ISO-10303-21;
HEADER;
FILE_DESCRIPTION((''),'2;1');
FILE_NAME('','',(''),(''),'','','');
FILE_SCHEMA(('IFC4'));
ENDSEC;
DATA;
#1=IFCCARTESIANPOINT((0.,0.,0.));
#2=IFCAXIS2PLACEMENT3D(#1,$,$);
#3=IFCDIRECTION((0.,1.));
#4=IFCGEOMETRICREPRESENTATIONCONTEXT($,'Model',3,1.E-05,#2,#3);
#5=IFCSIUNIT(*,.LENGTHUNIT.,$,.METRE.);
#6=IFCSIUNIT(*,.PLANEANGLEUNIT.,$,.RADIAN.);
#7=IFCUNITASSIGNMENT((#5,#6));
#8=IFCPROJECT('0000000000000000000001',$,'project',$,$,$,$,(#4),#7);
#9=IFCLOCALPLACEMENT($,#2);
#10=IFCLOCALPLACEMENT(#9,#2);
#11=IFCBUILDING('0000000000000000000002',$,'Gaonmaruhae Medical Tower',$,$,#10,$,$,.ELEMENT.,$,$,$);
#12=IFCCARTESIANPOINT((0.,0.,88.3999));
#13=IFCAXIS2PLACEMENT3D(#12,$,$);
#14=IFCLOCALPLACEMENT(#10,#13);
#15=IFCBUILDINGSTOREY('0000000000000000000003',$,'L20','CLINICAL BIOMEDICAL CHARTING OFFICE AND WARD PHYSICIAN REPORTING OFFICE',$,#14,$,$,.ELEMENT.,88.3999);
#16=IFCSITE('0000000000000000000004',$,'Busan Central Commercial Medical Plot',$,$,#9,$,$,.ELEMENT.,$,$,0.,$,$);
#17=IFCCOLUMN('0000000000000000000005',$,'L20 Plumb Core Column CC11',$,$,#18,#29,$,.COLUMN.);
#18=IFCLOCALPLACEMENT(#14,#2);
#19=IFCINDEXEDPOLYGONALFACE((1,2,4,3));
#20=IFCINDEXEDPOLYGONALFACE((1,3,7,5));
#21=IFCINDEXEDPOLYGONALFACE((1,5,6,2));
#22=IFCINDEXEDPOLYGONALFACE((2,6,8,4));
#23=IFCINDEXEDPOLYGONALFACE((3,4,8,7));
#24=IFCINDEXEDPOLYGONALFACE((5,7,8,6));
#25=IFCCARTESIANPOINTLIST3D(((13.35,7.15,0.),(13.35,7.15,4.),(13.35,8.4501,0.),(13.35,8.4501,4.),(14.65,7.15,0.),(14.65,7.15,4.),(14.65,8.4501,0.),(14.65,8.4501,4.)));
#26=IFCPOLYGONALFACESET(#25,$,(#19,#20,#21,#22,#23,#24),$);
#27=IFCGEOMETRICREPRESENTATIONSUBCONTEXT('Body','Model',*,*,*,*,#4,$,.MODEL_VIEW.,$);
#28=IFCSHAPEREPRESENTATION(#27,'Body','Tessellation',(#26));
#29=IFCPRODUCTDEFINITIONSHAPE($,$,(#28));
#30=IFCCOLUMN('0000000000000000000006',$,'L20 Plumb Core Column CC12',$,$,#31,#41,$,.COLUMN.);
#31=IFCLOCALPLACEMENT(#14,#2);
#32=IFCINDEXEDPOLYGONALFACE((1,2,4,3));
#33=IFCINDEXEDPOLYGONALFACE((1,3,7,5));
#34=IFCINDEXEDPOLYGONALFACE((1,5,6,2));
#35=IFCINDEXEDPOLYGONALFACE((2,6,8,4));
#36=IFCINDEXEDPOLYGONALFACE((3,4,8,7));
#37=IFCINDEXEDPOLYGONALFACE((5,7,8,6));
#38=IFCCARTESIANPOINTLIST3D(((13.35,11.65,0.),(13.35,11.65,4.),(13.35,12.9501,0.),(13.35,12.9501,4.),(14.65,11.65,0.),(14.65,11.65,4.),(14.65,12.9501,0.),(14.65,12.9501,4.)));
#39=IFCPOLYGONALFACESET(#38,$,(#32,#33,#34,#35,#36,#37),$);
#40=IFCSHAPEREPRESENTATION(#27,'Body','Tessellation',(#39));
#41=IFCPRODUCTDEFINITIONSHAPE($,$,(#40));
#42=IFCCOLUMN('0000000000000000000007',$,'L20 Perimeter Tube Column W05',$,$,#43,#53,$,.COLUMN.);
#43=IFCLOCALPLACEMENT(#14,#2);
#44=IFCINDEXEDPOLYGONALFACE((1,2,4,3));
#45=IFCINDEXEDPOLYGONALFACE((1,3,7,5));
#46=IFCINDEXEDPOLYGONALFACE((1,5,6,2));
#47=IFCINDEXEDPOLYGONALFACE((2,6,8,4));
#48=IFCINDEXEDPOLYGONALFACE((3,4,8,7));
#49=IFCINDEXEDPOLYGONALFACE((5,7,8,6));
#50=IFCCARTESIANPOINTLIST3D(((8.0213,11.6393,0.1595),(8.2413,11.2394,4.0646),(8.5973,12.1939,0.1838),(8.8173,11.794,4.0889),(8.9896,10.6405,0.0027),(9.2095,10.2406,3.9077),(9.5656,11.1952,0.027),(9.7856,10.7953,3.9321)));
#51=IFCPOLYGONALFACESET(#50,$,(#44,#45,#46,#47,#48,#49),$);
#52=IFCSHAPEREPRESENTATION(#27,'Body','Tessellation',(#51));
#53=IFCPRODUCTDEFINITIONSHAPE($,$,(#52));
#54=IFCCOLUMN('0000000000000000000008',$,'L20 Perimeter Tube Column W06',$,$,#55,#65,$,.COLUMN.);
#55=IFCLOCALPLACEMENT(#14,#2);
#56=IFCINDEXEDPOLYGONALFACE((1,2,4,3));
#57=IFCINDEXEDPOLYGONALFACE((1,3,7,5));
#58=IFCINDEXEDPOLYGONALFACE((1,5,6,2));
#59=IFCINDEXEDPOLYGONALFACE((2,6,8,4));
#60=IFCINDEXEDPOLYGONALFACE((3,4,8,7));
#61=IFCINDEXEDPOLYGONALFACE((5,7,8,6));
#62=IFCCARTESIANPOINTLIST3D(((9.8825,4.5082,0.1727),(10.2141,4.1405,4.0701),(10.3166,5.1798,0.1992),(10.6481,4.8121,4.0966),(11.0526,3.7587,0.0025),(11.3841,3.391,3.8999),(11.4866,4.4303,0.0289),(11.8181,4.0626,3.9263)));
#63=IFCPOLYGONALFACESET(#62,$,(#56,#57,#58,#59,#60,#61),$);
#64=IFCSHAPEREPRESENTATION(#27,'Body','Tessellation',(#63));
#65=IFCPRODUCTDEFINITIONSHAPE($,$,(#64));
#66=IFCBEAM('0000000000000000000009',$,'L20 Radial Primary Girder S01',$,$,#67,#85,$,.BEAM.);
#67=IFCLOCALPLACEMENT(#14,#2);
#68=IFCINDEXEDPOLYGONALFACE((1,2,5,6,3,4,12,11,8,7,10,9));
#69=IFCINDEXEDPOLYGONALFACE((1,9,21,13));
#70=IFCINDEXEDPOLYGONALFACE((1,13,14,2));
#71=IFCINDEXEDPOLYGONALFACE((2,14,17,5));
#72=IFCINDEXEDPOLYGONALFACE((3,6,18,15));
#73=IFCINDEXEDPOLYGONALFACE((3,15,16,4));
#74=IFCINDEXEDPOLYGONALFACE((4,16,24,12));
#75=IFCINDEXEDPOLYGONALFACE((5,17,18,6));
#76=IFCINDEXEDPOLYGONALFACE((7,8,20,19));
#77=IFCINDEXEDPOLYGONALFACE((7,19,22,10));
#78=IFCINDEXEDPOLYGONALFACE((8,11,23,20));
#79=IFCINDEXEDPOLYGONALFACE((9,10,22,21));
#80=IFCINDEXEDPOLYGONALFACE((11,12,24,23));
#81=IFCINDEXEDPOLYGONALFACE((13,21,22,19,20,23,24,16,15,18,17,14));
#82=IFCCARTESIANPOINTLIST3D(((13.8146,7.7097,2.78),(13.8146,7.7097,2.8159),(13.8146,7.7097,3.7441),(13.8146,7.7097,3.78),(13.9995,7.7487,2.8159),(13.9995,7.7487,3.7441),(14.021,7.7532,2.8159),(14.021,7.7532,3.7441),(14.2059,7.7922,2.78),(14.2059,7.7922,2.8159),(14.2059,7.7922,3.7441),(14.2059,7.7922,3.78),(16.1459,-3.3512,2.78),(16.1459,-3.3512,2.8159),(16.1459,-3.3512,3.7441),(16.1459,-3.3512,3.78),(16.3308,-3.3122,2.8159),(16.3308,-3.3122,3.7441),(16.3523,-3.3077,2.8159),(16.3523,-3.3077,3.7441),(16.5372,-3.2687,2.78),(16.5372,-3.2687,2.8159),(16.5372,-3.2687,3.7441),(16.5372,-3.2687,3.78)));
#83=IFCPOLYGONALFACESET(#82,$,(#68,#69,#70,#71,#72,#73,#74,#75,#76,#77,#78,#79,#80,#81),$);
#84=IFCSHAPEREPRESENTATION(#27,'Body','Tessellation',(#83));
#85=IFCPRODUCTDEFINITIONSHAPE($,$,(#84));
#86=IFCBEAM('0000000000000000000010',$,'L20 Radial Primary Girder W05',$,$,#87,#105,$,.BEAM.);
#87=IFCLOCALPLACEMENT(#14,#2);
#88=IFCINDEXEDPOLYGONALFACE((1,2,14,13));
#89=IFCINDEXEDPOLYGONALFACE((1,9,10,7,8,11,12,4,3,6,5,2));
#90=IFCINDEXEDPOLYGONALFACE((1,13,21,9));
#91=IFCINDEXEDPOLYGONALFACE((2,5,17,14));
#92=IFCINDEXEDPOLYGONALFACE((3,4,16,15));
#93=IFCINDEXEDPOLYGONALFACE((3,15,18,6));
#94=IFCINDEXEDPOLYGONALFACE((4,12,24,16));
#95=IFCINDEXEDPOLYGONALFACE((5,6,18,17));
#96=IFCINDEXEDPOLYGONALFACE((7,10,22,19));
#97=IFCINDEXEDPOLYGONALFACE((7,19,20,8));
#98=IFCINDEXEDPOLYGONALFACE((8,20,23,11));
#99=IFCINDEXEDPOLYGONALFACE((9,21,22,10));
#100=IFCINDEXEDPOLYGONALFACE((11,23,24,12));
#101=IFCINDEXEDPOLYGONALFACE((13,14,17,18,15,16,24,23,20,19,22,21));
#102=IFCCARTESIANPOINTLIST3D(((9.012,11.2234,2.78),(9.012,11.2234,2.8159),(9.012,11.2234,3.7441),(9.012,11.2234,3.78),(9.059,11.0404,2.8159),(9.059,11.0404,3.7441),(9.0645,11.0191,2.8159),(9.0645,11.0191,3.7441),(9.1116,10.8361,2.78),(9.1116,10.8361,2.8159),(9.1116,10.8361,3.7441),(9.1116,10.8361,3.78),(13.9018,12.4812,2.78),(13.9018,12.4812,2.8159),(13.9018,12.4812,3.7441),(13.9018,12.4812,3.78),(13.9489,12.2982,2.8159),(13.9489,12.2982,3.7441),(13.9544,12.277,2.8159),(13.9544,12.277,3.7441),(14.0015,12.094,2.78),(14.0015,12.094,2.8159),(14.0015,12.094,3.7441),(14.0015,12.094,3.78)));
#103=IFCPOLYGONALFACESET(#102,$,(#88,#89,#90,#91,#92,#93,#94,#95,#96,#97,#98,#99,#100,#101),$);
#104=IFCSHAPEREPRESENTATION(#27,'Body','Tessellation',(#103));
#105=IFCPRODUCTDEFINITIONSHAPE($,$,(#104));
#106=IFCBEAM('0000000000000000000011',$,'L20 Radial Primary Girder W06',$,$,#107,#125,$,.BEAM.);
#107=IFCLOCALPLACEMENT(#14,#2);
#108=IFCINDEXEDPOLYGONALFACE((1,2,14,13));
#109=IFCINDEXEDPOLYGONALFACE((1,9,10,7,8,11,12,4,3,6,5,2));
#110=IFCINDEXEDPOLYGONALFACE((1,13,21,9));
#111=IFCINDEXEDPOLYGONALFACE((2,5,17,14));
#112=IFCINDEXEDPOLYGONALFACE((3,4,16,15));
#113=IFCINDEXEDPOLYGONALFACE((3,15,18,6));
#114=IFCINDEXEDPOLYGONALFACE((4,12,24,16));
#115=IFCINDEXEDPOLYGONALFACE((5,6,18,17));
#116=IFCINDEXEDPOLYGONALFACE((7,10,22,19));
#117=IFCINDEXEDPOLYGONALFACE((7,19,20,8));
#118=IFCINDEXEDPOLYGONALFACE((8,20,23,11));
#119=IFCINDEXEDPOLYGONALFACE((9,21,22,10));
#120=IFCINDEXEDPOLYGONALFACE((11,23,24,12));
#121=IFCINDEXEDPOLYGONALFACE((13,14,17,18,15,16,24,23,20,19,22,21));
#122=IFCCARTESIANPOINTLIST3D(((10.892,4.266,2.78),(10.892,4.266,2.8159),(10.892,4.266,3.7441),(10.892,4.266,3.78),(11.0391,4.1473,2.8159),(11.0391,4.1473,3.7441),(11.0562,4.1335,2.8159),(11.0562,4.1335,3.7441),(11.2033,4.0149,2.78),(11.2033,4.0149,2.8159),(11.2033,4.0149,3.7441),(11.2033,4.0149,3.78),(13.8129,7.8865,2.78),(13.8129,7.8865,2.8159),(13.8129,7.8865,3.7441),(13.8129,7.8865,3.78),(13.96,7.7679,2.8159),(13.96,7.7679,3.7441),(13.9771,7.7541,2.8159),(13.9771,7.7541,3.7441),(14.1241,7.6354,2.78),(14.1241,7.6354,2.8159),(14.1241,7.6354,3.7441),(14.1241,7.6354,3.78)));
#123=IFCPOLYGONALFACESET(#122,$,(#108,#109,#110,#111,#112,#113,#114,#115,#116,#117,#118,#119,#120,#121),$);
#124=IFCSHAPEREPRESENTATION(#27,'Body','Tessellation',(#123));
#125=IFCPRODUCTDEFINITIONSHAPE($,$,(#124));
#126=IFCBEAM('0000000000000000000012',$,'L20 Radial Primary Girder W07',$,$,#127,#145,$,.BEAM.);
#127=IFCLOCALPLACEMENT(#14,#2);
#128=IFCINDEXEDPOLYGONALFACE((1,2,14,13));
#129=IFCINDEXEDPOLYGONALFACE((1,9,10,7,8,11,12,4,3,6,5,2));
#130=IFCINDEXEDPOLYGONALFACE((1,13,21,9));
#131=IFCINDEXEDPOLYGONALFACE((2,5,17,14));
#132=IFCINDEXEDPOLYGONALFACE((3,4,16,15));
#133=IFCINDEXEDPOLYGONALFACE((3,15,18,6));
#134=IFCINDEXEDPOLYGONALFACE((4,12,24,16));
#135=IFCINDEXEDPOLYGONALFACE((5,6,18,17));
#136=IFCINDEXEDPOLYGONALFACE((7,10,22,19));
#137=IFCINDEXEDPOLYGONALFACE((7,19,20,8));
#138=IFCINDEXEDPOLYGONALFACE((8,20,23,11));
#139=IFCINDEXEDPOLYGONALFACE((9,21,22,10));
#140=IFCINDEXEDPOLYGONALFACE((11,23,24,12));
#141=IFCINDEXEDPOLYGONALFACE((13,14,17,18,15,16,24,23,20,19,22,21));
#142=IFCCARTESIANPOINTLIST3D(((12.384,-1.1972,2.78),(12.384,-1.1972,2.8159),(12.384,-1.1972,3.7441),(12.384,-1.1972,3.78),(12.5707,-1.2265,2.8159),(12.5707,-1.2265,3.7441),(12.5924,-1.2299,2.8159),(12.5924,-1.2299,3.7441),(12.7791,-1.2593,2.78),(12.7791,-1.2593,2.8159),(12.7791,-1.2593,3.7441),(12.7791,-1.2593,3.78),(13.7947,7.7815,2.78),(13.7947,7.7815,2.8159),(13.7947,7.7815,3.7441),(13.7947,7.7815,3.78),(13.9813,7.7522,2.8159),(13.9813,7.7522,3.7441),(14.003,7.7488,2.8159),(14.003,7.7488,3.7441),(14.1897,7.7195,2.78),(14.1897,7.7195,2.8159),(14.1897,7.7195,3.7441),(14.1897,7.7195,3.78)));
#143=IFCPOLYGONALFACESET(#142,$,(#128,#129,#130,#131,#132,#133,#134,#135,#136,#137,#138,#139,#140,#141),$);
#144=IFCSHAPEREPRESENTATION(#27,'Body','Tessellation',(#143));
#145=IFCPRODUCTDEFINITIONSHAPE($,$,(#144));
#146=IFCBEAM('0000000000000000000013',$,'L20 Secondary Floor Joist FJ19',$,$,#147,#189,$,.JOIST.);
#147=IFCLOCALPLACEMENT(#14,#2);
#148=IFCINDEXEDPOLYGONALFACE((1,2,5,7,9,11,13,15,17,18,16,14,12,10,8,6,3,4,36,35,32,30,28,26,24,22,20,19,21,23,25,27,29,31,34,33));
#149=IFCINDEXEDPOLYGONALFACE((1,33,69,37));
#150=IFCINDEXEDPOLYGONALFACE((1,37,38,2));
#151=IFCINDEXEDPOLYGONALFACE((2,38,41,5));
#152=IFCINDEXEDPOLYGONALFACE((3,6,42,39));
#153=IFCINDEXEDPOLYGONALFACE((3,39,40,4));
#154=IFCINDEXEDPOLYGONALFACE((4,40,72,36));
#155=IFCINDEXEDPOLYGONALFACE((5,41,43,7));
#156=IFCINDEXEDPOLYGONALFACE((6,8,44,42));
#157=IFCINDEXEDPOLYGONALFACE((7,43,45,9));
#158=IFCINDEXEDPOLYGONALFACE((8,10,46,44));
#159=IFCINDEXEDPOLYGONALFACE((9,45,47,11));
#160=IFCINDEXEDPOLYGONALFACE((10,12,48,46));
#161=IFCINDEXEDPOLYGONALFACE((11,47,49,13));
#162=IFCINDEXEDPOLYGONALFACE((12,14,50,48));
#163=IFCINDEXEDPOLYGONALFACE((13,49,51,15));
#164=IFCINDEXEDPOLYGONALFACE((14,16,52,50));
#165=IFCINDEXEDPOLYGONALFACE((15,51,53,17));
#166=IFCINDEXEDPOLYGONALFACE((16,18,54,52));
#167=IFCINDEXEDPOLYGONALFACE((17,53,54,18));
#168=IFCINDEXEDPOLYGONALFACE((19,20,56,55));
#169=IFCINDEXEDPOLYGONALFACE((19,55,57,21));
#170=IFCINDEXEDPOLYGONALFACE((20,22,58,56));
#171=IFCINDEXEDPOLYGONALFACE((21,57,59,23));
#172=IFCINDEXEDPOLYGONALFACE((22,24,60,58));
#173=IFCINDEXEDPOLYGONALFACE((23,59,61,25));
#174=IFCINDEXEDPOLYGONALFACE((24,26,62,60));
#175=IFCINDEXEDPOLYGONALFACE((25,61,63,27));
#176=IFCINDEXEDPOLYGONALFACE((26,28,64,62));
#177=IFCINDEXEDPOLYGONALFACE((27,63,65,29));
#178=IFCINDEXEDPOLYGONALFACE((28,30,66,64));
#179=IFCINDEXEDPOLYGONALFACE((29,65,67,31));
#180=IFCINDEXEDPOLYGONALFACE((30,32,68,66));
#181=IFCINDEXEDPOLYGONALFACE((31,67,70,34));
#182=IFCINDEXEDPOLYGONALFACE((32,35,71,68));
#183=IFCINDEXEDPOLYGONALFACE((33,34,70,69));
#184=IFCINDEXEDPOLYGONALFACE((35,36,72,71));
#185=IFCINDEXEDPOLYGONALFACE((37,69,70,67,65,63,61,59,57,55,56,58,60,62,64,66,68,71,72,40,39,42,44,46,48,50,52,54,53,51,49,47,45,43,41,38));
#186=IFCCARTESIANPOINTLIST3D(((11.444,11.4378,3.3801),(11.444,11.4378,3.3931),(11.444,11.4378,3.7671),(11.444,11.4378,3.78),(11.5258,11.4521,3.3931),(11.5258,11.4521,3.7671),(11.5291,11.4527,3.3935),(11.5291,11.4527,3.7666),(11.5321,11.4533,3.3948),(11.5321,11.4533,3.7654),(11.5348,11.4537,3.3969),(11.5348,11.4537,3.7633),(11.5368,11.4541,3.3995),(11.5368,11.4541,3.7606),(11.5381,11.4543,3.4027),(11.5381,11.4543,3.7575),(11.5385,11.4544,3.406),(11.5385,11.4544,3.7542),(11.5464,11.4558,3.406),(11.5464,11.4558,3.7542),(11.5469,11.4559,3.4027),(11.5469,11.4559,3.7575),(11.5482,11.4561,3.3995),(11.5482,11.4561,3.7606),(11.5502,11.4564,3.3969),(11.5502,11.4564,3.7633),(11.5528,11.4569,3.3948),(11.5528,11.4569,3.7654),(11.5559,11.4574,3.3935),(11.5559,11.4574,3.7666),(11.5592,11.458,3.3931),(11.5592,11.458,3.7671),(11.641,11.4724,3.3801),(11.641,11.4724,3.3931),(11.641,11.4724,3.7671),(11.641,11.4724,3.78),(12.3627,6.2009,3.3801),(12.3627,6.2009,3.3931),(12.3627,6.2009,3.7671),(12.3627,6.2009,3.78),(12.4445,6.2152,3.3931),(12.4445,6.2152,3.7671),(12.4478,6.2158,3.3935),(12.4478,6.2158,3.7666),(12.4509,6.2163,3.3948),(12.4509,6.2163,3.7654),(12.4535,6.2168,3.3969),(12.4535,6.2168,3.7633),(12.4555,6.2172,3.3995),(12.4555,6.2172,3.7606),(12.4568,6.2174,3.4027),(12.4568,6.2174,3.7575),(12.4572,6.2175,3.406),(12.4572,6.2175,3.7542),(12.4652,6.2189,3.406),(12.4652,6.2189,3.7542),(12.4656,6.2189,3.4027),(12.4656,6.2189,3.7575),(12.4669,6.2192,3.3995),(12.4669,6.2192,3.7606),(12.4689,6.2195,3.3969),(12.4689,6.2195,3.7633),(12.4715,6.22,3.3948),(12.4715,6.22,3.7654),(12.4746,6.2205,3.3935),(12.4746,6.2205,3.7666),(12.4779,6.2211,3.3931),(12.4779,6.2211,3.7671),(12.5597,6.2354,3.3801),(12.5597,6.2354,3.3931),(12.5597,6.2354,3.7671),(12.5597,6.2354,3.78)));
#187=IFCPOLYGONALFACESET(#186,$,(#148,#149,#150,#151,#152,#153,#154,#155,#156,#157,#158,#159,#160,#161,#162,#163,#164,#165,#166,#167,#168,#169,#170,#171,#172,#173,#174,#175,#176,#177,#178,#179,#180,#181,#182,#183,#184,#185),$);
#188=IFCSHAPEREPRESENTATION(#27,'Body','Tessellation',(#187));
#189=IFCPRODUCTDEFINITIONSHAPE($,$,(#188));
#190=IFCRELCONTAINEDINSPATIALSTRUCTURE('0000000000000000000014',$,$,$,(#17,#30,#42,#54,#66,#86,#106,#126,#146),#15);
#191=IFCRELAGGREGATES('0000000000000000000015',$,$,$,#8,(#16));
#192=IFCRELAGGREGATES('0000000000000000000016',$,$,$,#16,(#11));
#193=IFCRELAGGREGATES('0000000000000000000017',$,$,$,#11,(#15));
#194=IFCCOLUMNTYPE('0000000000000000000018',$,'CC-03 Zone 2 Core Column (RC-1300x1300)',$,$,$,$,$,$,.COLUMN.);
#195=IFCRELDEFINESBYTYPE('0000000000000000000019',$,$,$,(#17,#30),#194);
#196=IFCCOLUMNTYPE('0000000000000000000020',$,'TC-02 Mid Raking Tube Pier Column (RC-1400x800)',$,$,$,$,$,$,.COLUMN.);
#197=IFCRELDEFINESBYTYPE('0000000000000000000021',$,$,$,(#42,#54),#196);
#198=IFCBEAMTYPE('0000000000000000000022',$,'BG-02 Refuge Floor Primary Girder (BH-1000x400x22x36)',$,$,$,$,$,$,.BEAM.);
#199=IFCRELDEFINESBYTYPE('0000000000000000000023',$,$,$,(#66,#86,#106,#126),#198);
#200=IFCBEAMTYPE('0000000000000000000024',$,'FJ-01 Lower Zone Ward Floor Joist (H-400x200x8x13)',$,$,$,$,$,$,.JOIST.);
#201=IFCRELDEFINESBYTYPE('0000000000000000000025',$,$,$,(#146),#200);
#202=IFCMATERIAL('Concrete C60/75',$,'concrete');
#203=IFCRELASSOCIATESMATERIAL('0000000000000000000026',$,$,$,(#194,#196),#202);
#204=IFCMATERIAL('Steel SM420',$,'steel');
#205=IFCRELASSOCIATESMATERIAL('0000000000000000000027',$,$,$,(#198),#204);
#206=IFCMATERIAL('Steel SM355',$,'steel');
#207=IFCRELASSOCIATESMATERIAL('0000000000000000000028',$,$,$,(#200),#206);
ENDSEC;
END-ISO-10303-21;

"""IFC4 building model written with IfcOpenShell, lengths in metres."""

from ifc_helpers import new_model, si_unit, direction, frame, origin, origin_2d, place, context, subcontext, project, spatial, rectangle, i_section, extrude, material, material_profile, profile_set, type_object, element, save


model = new_model("IFC4")

# Units and contexts
model_context = context("Model", 3, precision=1e-05, world=origin(), true_north=direction((0.0, 1.0)))
body_context = subcontext(model_context, "Body", "Model", "MODEL_VIEW")
ifc_project = project(units=[si_unit("LENGTHUNIT", "METRE"), si_unit("PLANEANGLEUNIT", "RADIAN")], contexts=[model_context])

# Site, building, storey
site_placement = place(None, origin())
site = spatial("IfcSite", under=ifc_project, at=site_placement, Name="Busan Central Commercial Medical Plot", CompositionType="ELEMENT", RefElevation=0.0)
building_placement = place(site_placement, origin())
building = spatial("IfcBuilding", under=site, at=building_placement, Name="Gaonmaruhae Medical Tower", CompositionType="ELEMENT")
storey_placement = place(building_placement, frame((0.0, 0.0, 88.3999)))
storey = spatial("IfcBuildingStorey", under=building, at=storey_placement, Name="L20", Description="CLINICAL BIOMEDICAL CHARTING OFFICE AND WARD PHYSICIAN REPORTING OFFICE", CompositionType="ELEMENT", Elevation=88.3999)

# Columns
ifc_material_1 = material(Name="Concrete C60/75", Category="concrete")
ifc_material_profile_1 = material_profile(ifc_material_1, rectangle(XDim=1.3, YDim=1.3, at=origin_2d()), Name="RC-1300x1300")
ifc_profile_set_1 = profile_set([ifc_material_profile_1], Name="Concrete C60/75")
column_type_1 = type_object("IfcColumnType", Name="CC-03 Zone 2 Core Column (RC-1300x1300)", PredefinedType="COLUMN", material=ifc_profile_set_1)
for number, where, z_axis, x_axis, name in (
    (1, (14.0, 7.8, 0.0), (0.0, 0.0, 1.0), (1.0, 0.0, 0.0), "L20 Plumb Core Column CC11"),
    (2, (14.0, 12.3, 0.0), (0.0, 0.0, 1.0), (1.0, 0.0, 0.0), "L20 Plumb Core Column CC12"),
):
    element("IfcColumn", number, at=place(storey_placement, frame(where, z_axis=z_axis, x_axis=x_axis)), inside=storey, type_object=column_type_1, Name=name, PredefinedType="COLUMN", context=body_context, shape_type="SweptSolid", body=[
        extrude(rectangle(XDim=1.3, YDim=1.3, at=origin_2d()), origin(), (0.0, 0.0, 1.0), 4.0),
    ])
ifc_material_profile_2 = material_profile(ifc_material_1, rectangle(XDim=1.3999, YDim=0.8, at=origin_2d()), Name="RC-1400x800")
ifc_profile_set_2 = profile_set([ifc_material_profile_2], Name="Concrete C60/75")
column_type_2 = type_object("IfcColumnType", Name="TC-02 Mid Raking Tube Pier Column (RC-1400x800)", PredefinedType="COLUMN", material=ifc_profile_set_2)
column_1_placement = place(storey_placement, frame((8.7935, 11.4172, 0.0933), z_axis=(0.055949, -0.101715, 0.993239), x_axis=(-0.691683, 0.71346, 0.112026)))
element("IfcColumn", 3, at=column_1_placement, inside=storey, type_object=column_type_2, Name="L20 Perimeter Tube Column W05", PredefinedType="COLUMN", context=body_context, shape_type="SweptSolid", body=[
    extrude(rectangle(XDim=1.3999, YDim=0.8, at=origin_2d()), origin(), (0.0, 0.0, 1.0), 3.9316),
])
column_2_placement = place(storey_placement, frame((10.6846, 4.4692, 0.1008), z_axis=(0.084388, -0.093585, 0.992028), x_axis=(-0.83581, 0.535382, 0.121606)))
element("IfcColumn", 4, at=column_2_placement, inside=storey, type_object=column_type_2, Name="L20 Perimeter Tube Column W06", PredefinedType="COLUMN", context=body_context, shape_type="SweptSolid", body=[
    extrude(rectangle(XDim=1.3999, YDim=0.8, at=origin_2d()), origin(), (0.0, 0.0, 1.0), 3.9287),
])

# Beams
ifc_material_2 = material(Name="Steel SM420", Category="steel")
ifc_material_profile_3 = material_profile(ifc_material_2, i_section(OverallWidth=0.3999, OverallDepth=1.0, WebThickness=0.022, FlangeThickness=0.0359, at=origin_2d()), Name="BH-1000x400x22x36")
ifc_profile_set_3 = profile_set([ifc_material_profile_3], Name="Steel SM420")
beam_type_1 = type_object("IfcBeamType", Name="BG-02 Refuge Floor Primary Girder (BH-1000x400x22x36)", PredefinedType="BEAM", material=ifc_profile_set_3)
beam_1_placement = place(storey_placement, frame((14.0103, 7.751, 3.28), z_axis=(0.206236, -0.978502, 0.0), x_axis=(0.978502, 0.206236, 0.0)))
element("IfcBeam", 5, at=beam_1_placement, inside=storey, type_object=beam_type_1, Name="L20 Radial Primary Girder S01", PredefinedType="BEAM", context=body_context, shape_type="SweptSolid", body=[
    extrude(i_section(OverallWidth=0.3999, OverallDepth=1.0, WebThickness=0.022, FlangeThickness=0.0359, at=origin_2d()), origin(), (0.0, 0.0, 1.0), 11.304),
])
beam_2_placement = place(storey_placement, frame((13.9517, 12.2876, 3.28), z_axis=(-0.968473, -0.249117, 0.0), x_axis=(0.249117, -0.968473, 0.0)))
element("IfcBeam", 6, at=beam_2_placement, inside=storey, type_object=beam_type_1, Name="L20 Radial Primary Girder W05", PredefinedType="BEAM", context=body_context, shape_type="SweptSolid", body=[
    extrude(i_section(OverallWidth=0.3999, OverallDepth=1.0, WebThickness=0.022, FlangeThickness=0.0359, at=origin_2d()), origin(), (0.0, 0.0, 1.0), 5.0491),
])
beam_3_placement = place(storey_placement, frame((13.9685, 7.761, 3.28), z_axis=(-0.62789, -0.778302, 0.0), x_axis=(0.778302, -0.62789, 0.0)))
element("IfcBeam", 7, at=beam_3_placement, inside=storey, type_object=beam_type_1, Name="L20 Radial Primary Girder W06", PredefinedType="BEAM", context=body_context, shape_type="SweptSolid", body=[
    extrude(i_section(OverallWidth=0.3999, OverallDepth=1.0, WebThickness=0.022, FlangeThickness=0.0359, at=origin_2d()), origin(), (0.0, 0.0, 1.0), 4.6519),
])
beam_4_placement = place(storey_placement, frame((13.9922, 7.7505, 3.28), z_axis=(-0.155205, -0.987882, 0.0), x_axis=(0.987882, -0.155205, 0.0)))
element("IfcBeam", 8, at=beam_4_placement, inside=storey, type_object=beam_type_1, Name="L20 Radial Primary Girder W07", PredefinedType="BEAM", context=body_context, shape_type="SweptSolid", body=[
    extrude(i_section(OverallWidth=0.3999, OverallDepth=1.0, WebThickness=0.022, FlangeThickness=0.0359, at=origin_2d()), origin(), (0.0, 0.0, 1.0), 9.0889),
])
ifc_material_3 = material(Name="Steel SM355", Category="steel")
ifc_material_profile_4 = material_profile(ifc_material_3, i_section(OverallWidth=0.2, OverallDepth=0.3999, WebThickness=0.0081, FlangeThickness=0.0129, FilletRadius=0.0129, at=origin_2d()), Name="H-400x200x8x13")
ifc_profile_set_4 = profile_set([ifc_material_profile_4], Name="Steel SM355")
beam_type_2 = type_object("IfcBeamType", Name="FJ-01 Lower Zone Ward Floor Joist (H-400x200x8x13)", PredefinedType="JOIST", material=ifc_profile_set_4)
beam_5_placement = place(storey_placement, frame((11.5425, 11.4551, 3.5801), z_axis=(0.172792, -0.984958, 0.0), x_axis=(0.984958, 0.172792, 0.0)))
element("IfcBeam", 9, at=beam_5_placement, inside=storey, type_object=beam_type_2, Name="L20 Secondary Floor Joist FJ19", PredefinedType="JOIST", context=body_context, shape_type="SweptSolid", body=[
    extrude(i_section(OverallWidth=0.2, OverallDepth=0.3999, WebThickness=0.0081, FlangeThickness=0.0129, FilletRadius=0.0129, at=origin_2d()), origin(), (0.0, 0.0, 1.0), 5.3169),
])

save(model, "model.ifc")
